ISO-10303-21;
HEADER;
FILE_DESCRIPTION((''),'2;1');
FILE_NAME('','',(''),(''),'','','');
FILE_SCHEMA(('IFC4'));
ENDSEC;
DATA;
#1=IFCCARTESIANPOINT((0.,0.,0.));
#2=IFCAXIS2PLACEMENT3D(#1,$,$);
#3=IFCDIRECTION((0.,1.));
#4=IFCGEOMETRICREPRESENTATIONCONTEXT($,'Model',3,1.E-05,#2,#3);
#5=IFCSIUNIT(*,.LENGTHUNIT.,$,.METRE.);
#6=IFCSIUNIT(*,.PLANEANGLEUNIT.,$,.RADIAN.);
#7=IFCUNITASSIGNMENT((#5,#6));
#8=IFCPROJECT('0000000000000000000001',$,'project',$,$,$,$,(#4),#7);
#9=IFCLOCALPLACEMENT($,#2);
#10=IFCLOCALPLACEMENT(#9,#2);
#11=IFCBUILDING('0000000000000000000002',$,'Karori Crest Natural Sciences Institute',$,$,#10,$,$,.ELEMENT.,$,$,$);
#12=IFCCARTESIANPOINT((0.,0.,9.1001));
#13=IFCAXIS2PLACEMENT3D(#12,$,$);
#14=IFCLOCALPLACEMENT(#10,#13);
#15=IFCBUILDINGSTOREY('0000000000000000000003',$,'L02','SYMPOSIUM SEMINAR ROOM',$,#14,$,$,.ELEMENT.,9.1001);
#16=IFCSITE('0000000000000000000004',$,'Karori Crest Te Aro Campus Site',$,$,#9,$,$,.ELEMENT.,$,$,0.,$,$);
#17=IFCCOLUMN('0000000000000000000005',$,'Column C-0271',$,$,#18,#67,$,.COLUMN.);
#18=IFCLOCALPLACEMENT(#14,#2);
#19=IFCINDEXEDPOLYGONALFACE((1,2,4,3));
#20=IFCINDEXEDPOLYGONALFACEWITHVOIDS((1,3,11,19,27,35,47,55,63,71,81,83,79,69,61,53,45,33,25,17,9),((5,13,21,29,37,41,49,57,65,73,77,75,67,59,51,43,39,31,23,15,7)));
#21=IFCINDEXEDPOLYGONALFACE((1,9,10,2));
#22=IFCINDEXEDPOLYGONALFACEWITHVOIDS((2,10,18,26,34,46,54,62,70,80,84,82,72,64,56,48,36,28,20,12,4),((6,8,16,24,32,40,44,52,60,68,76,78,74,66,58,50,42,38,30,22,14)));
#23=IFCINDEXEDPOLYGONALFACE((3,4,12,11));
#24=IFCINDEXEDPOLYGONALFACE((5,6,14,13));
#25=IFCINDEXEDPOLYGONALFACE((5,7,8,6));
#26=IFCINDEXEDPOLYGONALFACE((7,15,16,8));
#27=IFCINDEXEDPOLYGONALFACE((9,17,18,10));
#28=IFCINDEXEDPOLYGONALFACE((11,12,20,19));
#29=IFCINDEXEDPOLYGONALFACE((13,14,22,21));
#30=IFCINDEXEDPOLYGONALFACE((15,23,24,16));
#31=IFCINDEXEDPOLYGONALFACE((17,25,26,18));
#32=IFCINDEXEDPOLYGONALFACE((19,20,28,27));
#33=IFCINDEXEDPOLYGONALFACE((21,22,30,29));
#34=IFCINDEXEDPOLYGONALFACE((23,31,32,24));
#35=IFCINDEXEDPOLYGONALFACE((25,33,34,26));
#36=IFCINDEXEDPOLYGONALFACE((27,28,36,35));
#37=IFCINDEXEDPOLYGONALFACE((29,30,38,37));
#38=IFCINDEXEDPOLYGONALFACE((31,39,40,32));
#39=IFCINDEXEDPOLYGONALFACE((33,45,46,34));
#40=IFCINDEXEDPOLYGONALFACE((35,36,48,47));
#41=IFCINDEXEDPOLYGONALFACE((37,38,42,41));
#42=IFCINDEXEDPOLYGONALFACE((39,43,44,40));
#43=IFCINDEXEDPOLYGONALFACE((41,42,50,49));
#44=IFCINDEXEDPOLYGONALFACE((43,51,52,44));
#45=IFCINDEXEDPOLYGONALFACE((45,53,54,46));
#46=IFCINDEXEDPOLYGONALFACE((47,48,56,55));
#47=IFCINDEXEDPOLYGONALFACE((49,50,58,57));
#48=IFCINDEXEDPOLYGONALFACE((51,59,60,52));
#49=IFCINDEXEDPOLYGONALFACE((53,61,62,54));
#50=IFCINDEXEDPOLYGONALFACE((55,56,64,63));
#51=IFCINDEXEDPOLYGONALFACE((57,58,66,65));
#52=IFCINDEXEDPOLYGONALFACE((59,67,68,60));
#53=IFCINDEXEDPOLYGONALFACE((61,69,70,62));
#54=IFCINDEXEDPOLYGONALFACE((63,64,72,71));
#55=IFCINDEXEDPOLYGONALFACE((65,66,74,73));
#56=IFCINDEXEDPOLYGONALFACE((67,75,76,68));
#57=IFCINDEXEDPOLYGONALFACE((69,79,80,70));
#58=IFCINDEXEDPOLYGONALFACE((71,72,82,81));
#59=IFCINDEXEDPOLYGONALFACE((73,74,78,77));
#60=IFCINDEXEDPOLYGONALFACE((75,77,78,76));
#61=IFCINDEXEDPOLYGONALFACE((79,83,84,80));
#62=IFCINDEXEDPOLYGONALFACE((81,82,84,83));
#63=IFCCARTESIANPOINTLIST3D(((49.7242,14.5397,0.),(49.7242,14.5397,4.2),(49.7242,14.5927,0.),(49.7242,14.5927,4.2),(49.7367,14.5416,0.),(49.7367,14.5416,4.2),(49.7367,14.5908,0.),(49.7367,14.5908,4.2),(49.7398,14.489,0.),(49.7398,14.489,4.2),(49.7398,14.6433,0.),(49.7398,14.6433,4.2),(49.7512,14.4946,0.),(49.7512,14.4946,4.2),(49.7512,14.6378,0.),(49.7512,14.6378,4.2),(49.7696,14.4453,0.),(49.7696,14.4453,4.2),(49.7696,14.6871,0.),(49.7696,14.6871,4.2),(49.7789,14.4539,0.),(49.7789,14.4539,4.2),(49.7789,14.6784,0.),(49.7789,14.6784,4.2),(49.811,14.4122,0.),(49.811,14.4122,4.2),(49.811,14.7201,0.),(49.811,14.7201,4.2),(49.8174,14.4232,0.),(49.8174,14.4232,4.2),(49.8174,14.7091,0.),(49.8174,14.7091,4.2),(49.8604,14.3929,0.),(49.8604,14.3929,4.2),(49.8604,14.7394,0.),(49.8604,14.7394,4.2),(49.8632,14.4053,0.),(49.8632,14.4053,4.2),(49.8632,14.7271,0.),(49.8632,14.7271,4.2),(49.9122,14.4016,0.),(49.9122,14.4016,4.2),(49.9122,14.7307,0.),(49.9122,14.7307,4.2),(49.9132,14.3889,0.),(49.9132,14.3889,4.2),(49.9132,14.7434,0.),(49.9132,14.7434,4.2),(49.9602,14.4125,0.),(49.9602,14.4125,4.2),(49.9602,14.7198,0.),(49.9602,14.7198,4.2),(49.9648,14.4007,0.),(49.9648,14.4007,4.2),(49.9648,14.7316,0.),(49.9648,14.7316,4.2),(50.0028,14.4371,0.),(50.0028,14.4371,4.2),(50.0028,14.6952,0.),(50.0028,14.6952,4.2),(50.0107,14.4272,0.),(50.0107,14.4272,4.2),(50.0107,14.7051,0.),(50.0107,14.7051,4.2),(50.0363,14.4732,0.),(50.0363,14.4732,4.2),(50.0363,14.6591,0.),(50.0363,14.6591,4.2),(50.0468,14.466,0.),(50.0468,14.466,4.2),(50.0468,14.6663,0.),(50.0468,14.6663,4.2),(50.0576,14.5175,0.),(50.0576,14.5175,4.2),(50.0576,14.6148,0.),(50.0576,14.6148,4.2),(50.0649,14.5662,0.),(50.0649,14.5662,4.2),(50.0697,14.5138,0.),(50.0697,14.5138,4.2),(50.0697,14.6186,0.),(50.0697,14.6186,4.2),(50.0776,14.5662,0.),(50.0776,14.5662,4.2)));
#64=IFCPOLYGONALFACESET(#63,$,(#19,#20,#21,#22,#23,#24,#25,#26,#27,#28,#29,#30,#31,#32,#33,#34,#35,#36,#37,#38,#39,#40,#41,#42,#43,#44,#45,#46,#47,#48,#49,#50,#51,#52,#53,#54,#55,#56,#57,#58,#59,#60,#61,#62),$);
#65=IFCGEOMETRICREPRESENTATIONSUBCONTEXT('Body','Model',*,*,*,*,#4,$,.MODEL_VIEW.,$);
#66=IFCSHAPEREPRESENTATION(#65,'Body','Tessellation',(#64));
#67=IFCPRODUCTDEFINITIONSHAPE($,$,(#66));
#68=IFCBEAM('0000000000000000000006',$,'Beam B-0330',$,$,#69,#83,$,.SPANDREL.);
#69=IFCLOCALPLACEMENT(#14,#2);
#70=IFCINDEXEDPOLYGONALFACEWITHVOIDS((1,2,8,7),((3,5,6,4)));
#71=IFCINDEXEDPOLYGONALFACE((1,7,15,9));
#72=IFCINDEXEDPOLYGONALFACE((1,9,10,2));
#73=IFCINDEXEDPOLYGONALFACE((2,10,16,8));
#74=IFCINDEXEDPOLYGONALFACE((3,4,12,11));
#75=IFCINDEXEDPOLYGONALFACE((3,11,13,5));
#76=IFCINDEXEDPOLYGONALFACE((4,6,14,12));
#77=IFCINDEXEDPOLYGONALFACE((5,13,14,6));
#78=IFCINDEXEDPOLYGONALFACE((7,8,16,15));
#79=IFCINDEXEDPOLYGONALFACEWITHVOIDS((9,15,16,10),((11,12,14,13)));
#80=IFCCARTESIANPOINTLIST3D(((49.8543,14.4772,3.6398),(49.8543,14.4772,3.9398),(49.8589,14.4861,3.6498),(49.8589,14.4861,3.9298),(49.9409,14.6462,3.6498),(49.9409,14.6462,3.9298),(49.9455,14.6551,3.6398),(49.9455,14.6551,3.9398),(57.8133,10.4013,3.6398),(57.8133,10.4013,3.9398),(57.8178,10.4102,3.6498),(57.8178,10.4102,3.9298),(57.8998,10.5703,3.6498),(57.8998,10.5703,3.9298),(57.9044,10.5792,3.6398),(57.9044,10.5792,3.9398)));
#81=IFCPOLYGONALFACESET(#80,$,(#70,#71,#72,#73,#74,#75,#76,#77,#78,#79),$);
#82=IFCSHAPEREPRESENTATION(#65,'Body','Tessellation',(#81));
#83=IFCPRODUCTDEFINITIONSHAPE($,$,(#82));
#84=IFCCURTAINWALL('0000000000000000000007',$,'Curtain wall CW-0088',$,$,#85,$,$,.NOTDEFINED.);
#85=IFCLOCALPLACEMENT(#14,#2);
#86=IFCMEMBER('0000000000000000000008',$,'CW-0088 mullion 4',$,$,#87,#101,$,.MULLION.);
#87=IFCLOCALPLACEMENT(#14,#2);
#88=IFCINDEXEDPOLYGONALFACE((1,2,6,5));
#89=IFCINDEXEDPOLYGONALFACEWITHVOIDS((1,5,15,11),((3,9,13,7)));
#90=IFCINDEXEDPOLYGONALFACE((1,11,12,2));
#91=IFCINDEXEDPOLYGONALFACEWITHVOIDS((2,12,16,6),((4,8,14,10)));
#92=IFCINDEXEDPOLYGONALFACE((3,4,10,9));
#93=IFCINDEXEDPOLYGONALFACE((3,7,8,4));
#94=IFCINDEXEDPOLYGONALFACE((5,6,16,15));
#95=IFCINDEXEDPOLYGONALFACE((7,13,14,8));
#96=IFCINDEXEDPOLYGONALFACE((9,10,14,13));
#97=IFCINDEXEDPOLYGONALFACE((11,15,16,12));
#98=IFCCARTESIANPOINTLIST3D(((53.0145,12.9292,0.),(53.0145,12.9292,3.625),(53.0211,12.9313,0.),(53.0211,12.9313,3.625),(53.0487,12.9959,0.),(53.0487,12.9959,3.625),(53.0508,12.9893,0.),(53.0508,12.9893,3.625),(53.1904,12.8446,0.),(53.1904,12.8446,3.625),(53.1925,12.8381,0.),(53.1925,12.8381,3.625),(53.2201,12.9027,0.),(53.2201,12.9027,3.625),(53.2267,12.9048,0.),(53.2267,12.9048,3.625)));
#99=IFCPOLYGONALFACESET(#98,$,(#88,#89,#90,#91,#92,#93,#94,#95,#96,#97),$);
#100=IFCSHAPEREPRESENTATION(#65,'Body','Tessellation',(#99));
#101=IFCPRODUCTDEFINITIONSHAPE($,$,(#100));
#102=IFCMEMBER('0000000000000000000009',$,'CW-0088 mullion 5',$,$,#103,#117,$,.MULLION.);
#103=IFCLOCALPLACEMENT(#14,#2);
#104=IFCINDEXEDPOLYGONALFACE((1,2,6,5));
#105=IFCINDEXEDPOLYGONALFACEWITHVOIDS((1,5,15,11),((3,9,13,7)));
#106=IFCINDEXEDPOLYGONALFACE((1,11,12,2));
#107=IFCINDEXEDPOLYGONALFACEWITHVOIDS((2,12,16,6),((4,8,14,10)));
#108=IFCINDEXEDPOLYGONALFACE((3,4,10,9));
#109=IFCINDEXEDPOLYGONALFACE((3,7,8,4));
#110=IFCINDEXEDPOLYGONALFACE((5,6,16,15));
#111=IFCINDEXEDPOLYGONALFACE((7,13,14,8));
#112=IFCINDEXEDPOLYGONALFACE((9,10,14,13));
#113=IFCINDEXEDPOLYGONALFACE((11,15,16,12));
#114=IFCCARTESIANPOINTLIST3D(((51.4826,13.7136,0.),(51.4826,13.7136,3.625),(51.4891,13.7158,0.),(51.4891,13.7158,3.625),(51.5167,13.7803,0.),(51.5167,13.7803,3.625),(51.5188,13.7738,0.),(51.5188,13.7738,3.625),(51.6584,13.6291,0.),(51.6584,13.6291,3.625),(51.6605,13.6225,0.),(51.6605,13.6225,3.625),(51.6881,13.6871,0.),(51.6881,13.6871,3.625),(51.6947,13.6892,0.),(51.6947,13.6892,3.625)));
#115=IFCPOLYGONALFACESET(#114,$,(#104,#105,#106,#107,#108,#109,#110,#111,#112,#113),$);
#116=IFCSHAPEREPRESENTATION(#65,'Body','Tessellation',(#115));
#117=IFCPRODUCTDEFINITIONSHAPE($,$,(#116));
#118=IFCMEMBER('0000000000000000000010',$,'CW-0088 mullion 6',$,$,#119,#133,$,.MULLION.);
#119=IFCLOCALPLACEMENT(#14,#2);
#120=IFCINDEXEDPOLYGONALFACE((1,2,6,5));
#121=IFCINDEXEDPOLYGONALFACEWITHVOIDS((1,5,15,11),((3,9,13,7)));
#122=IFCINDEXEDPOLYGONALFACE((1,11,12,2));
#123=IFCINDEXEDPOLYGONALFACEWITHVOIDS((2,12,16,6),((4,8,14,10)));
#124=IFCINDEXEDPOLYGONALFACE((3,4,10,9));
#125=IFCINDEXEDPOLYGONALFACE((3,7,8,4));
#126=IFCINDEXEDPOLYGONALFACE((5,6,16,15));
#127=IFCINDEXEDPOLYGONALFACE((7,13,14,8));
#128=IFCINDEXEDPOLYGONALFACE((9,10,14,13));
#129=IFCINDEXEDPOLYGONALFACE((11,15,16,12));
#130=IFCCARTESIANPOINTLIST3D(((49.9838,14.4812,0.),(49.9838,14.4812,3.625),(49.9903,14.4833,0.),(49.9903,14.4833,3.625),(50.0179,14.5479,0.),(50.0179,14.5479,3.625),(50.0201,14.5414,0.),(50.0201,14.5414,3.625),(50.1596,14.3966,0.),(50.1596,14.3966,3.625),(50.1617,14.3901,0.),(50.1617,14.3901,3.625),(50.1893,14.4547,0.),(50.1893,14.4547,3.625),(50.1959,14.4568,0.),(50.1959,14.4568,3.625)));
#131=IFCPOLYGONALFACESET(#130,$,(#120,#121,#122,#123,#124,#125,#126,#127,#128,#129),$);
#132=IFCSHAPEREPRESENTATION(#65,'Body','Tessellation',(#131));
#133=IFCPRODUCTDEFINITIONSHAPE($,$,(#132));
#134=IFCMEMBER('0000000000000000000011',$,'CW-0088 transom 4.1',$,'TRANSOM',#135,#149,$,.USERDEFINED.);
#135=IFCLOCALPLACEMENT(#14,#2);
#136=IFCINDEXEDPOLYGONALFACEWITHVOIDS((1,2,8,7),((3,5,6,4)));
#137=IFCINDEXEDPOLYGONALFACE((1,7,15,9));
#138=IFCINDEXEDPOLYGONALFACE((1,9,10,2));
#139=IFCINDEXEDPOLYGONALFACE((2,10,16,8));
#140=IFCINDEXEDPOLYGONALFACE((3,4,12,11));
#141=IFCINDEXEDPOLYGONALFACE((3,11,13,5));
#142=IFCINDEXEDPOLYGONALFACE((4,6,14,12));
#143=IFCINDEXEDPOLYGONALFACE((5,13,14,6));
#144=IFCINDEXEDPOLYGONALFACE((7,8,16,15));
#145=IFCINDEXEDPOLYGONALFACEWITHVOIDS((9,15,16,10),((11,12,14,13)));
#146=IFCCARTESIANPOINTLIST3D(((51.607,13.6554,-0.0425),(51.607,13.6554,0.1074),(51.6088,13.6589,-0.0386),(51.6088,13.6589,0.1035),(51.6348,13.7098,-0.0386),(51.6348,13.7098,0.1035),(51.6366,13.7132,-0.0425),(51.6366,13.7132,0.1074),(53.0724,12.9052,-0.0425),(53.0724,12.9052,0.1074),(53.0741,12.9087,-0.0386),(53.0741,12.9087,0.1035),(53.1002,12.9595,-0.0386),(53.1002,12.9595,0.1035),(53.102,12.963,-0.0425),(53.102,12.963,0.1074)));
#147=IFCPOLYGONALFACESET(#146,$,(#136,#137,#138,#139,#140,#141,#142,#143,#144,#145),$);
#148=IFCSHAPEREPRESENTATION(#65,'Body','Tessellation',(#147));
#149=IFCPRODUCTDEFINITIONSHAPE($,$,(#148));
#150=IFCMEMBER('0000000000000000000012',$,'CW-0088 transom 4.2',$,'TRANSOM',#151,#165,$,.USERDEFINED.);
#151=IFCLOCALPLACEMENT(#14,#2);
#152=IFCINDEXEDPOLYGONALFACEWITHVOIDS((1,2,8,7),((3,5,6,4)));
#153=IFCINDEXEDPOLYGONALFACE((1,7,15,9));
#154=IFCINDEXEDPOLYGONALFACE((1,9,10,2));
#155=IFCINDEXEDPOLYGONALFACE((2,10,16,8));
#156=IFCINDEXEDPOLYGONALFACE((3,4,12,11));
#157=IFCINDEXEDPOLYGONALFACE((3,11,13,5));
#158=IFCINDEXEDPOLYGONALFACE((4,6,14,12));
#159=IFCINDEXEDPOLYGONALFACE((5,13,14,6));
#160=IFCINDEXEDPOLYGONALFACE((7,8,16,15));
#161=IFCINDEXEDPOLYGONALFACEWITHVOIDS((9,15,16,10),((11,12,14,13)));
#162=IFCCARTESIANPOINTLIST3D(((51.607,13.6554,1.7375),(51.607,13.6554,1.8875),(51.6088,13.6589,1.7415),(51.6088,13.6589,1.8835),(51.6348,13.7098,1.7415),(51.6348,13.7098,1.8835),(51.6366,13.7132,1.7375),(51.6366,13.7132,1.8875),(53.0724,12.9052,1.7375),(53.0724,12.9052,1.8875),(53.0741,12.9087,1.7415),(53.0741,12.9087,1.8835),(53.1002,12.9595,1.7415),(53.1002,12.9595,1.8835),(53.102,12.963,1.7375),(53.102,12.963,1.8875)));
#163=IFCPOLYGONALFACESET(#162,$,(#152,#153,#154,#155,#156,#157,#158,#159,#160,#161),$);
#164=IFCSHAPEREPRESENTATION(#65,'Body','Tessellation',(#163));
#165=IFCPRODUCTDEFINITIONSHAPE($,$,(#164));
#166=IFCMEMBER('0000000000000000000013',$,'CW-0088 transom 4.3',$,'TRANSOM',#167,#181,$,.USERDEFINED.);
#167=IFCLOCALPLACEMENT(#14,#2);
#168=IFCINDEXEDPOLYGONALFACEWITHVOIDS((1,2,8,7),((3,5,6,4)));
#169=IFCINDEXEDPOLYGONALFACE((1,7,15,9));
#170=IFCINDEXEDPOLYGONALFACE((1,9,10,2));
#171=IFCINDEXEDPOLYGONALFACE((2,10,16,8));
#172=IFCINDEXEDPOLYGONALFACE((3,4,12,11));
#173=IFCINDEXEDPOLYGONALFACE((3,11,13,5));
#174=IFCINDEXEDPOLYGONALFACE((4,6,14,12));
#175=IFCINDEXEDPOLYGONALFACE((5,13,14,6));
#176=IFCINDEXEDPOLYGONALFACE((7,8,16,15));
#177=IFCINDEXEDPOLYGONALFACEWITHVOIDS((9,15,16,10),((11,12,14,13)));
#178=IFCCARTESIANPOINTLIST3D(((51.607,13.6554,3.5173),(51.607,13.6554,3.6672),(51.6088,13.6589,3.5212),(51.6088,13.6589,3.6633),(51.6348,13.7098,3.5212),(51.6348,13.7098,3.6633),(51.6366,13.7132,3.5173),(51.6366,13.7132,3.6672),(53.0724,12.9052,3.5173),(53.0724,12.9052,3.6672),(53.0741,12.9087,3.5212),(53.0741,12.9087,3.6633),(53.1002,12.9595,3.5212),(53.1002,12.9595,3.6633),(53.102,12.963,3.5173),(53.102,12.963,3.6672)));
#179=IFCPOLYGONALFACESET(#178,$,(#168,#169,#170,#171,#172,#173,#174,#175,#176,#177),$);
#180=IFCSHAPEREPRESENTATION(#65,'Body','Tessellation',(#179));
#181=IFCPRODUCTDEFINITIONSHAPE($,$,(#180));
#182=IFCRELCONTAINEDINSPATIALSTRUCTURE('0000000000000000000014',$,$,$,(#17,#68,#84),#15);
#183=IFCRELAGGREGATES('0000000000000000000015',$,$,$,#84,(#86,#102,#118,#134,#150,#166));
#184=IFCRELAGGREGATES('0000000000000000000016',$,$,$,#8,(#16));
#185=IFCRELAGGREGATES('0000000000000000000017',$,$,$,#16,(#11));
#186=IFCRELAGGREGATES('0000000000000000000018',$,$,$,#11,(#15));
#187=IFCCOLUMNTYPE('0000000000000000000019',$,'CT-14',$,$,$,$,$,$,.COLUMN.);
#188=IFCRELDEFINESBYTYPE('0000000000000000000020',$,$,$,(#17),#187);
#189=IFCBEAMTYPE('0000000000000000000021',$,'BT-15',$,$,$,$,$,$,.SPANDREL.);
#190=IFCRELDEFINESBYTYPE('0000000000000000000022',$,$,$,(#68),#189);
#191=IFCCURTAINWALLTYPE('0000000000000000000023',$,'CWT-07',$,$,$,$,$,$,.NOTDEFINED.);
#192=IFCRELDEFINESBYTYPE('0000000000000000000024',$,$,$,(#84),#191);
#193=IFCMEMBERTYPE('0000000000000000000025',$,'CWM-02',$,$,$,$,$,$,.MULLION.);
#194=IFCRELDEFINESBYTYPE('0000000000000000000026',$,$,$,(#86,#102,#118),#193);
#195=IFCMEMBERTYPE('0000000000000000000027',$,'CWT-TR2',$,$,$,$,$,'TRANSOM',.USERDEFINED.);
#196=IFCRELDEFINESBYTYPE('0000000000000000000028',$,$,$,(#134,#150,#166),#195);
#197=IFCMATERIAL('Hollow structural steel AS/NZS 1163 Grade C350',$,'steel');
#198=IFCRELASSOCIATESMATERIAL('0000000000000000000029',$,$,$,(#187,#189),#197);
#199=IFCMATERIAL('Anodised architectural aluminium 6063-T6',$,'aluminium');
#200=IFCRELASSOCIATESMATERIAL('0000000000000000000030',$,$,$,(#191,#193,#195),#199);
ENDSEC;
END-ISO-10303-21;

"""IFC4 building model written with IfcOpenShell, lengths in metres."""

from ifc_helpers import new_model, si_unit, direction, frame, origin, origin_2d, place, context, subcontext, project, spatial, hollow_rectangle, hollow_circle, extrude, material, material_profile, profile_set, type_object, element, aggregate, save


model = new_model("IFC4")

# Units and contexts
model_context = context("Model", 3, precision=1e-05, world=origin(), true_north=direction((0.0, 1.0)))
body_context = subcontext(model_context, "Body", "Model", "MODEL_VIEW")
ifc_project = project(units=[si_unit("LENGTHUNIT", "METRE"), si_unit("PLANEANGLEUNIT", "RADIAN")], contexts=[model_context])

# Site, building, storey
site_placement = place(None, origin())
site = spatial("IfcSite", under=ifc_project, at=site_placement, Name="Karori Crest Te Aro Campus Site", CompositionType="ELEMENT", RefElevation=0.0)
building_placement = place(site_placement, origin())
building = spatial("IfcBuilding", under=site, at=building_placement, Name="Karori Crest Natural Sciences Institute", CompositionType="ELEMENT")
storey_placement = place(building_placement, frame((0.0, 0.0, 9.1001)))
storey = spatial("IfcBuildingStorey", under=building, at=storey_placement, Name="L02", Description="SYMPOSIUM SEMINAR ROOM", CompositionType="ELEMENT", Elevation=9.1001)

# Column
ifc_material_1 = material(Name="Hollow structural steel AS/NZS 1163 Grade C350", Category="steel")
ifc_material_profile_1 = material_profile(ifc_material_1, hollow_circle(Radius=0.1777, WallThickness=0.0127, at=origin_2d()), Name="CHS355.6x12.7")
ifc_profile_set_1 = profile_set([ifc_material_profile_1], Name="Hollow structural steel AS/NZS 1163 Grade C350")
column_type = type_object("IfcColumnType", Name="CT-14", PredefinedType="COLUMN", material=ifc_profile_set_1)
column_placement = place(storey_placement, frame((49.8999, 14.5662, 0.0), z_axis=(0.0, 0.0, 1.0), x_axis=(1.0, 0.0, 0.0)))
element("IfcColumn", 1, at=column_placement, inside=storey, type_object=column_type, Name="Column C-0271", PredefinedType="COLUMN", context=body_context, shape_type="SweptSolid", body=[
    extrude(hollow_circle(Radius=0.1777, WallThickness=0.0127, at=origin_2d()), origin(), (0.0, 0.0, 1.0), 4.2),
])

# Beam
ifc_material_profile_2 = material_profile(ifc_material_1, hollow_rectangle(XDim=0.2, YDim=0.3, WallThickness=0.01, at=origin_2d()), Name="RHS300x200x10")
ifc_profile_set_2 = profile_set([ifc_material_profile_2], Name="Hollow structural steel AS/NZS 1163 Grade C350")
beam_type = type_object("IfcBeamType", Name="BT-15", PredefinedType="SPANDREL", material=ifc_profile_set_2)
beam_placement = place(storey_placement, frame((49.8999, 14.5662, 3.7898), z_axis=(0.890072, -0.45582, 0.0), x_axis=(0.45582, 0.890072, 0.0)))
element("IfcBeam", 2, at=beam_placement, inside=storey, type_object=beam_type, Name="Beam B-0330", PredefinedType="SPANDREL", context=body_context, shape_type="SweptSolid", body=[
    extrude(hollow_rectangle(XDim=0.2, YDim=0.3, WallThickness=0.01, at=origin_2d()), origin(), (0.0, 0.0, 1.0), 8.9419),
])

# Curtain wall, members
ifc_material_2 = material(Name="Anodised architectural aluminium 6063-T6", Category="aluminium")
curtain_wall_type = type_object("IfcCurtainWallType", Name="CWT-07", PredefinedType="NOTDEFINED", material=ifc_material_2)
curtain_wall_placement = place(storey_placement, origin())
curtain_wall = element("IfcCurtainWall", 3, at=curtain_wall_placement, inside=storey, type_object=curtain_wall_type, Name="Curtain wall CW-0088", PredefinedType="NOTDEFINED")
ifc_material_profile_3 = material_profile(ifc_material_2, hollow_rectangle(XDim=0.075, YDim=0.2, WallThickness=0.0049, at=origin_2d()), Name="CWM200x75x5")
ifc_profile_set_3 = profile_set([ifc_material_profile_3], Name="Anodised architectural aluminium 6063-T6")
member_type_1 = type_object("IfcMemberType", Name="CWM-02", PredefinedType="MULLION", material=ifc_profile_set_3)
member_1_placement = place(storey_placement, frame((53.1206, 12.917, 0.0), z_axis=(0.0, 0.0, 1.0), x_axis=(-0.455833, -0.890065, 0.0)))
member_1 = element("IfcMember", 4, at=member_1_placement, type_object=member_type_1, Name="CW-0088 mullion 4", PredefinedType="MULLION", context=body_context, shape_type="SweptSolid", body=[
    extrude(hollow_rectangle(XDim=0.075, YDim=0.2, WallThickness=0.0049, at=origin_2d()), origin(), (0.0, 0.0, 1.0), 3.625),
])
member_2_placement = place(storey_placement, frame((51.5886, 13.7014, 0.0), z_axis=(0.0, 0.0, 1.0), x_axis=(-0.455833, -0.890065, 0.0)))
member_2 = element("IfcMember", 5, at=member_2_placement, type_object=member_type_1, Name="CW-0088 mullion 5", PredefinedType="MULLION", context=body_context, shape_type="SweptSolid", body=[
    extrude(hollow_rectangle(XDim=0.075, YDim=0.2, WallThickness=0.0049, at=origin_2d()), origin(), (0.0, 0.0, 1.0), 3.625),
])
member_3_placement = place(storey_placement, frame((50.0898, 14.469, 0.0), z_axis=(0.0, 0.0, 1.0), x_axis=(-0.455833, -0.890065, 0.0)))
member_3 = element("IfcMember", 6, at=member_3_placement, type_object=member_type_1, Name="CW-0088 mullion 6", PredefinedType="MULLION", context=body_context, shape_type="SweptSolid", body=[
    extrude(hollow_rectangle(XDim=0.075, YDim=0.2, WallThickness=0.0049, at=origin_2d()), origin(), (0.0, 0.0, 1.0), 3.625),
])
ifc_material_profile_4 = material_profile(ifc_material_2, hollow_rectangle(XDim=0.0649, YDim=0.1499, WallThickness=0.0039, at=origin_2d()), Name="CWT150x65x4")
ifc_profile_set_4 = profile_set([ifc_material_profile_4], Name="Anodised architectural aluminium 6063-T6")
member_type_2 = type_object("IfcMemberType", Name="CWT-TR2", ElementType="TRANSOM", PredefinedType="USERDEFINED", material=ifc_profile_set_4)
member_4_placement = place(storey_placement, frame((53.0872, 12.9341, 0.0325), z_axis=(-0.890115, 0.455735, 0.0), x_axis=(-0.455735, -0.890115, 0.0)))
member_4 = element("IfcMember", 7, at=member_4_placement, type_object=member_type_2, Name="CW-0088 transom 4.1", ObjectType="TRANSOM", PredefinedType="USERDEFINED", context=body_context, shape_type="SweptSolid", body=[
    extrude(hollow_rectangle(XDim=0.0649, YDim=0.1499, WallThickness=0.0039, at=origin_2d()), origin(), (0.0, 0.0, 1.0), 1.6462),
])
member_5_placement = place(storey_placement, frame((53.0872, 12.9341, 1.8125), z_axis=(-0.890115, 0.455735, 0.0), x_axis=(-0.455735, -0.890115, 0.0)))
member_5 = element("IfcMember", 8, at=member_5_placement, type_object=member_type_2, Name="CW-0088 transom 4.2", ObjectType="TRANSOM", PredefinedType="USERDEFINED", context=body_context, shape_type="SweptSolid", body=[
    extrude(hollow_rectangle(XDim=0.0649, YDim=0.1499, WallThickness=0.0039, at=origin_2d()), origin(), (0.0, 0.0, 1.0), 1.6462),
])
member_6_placement = place(storey_placement, frame((53.0872, 12.9341, 3.5923), z_axis=(-0.890115, 0.455735, 0.0), x_axis=(-0.455735, -0.890115, 0.0)))
member_6 = element("IfcMember", 9, at=member_6_placement, type_object=member_type_2, Name="CW-0088 transom 4.3", ObjectType="TRANSOM", PredefinedType="USERDEFINED", context=body_context, shape_type="SweptSolid", body=[
    extrude(hollow_rectangle(XDim=0.0649, YDim=0.1499, WallThickness=0.0039, at=origin_2d()), origin(), (0.0, 0.0, 1.0), 1.6462),
])
aggregate(curtain_wall, [member_1, member_2, member_3, member_4, member_5, member_6])

save(model, "model.ifc")
